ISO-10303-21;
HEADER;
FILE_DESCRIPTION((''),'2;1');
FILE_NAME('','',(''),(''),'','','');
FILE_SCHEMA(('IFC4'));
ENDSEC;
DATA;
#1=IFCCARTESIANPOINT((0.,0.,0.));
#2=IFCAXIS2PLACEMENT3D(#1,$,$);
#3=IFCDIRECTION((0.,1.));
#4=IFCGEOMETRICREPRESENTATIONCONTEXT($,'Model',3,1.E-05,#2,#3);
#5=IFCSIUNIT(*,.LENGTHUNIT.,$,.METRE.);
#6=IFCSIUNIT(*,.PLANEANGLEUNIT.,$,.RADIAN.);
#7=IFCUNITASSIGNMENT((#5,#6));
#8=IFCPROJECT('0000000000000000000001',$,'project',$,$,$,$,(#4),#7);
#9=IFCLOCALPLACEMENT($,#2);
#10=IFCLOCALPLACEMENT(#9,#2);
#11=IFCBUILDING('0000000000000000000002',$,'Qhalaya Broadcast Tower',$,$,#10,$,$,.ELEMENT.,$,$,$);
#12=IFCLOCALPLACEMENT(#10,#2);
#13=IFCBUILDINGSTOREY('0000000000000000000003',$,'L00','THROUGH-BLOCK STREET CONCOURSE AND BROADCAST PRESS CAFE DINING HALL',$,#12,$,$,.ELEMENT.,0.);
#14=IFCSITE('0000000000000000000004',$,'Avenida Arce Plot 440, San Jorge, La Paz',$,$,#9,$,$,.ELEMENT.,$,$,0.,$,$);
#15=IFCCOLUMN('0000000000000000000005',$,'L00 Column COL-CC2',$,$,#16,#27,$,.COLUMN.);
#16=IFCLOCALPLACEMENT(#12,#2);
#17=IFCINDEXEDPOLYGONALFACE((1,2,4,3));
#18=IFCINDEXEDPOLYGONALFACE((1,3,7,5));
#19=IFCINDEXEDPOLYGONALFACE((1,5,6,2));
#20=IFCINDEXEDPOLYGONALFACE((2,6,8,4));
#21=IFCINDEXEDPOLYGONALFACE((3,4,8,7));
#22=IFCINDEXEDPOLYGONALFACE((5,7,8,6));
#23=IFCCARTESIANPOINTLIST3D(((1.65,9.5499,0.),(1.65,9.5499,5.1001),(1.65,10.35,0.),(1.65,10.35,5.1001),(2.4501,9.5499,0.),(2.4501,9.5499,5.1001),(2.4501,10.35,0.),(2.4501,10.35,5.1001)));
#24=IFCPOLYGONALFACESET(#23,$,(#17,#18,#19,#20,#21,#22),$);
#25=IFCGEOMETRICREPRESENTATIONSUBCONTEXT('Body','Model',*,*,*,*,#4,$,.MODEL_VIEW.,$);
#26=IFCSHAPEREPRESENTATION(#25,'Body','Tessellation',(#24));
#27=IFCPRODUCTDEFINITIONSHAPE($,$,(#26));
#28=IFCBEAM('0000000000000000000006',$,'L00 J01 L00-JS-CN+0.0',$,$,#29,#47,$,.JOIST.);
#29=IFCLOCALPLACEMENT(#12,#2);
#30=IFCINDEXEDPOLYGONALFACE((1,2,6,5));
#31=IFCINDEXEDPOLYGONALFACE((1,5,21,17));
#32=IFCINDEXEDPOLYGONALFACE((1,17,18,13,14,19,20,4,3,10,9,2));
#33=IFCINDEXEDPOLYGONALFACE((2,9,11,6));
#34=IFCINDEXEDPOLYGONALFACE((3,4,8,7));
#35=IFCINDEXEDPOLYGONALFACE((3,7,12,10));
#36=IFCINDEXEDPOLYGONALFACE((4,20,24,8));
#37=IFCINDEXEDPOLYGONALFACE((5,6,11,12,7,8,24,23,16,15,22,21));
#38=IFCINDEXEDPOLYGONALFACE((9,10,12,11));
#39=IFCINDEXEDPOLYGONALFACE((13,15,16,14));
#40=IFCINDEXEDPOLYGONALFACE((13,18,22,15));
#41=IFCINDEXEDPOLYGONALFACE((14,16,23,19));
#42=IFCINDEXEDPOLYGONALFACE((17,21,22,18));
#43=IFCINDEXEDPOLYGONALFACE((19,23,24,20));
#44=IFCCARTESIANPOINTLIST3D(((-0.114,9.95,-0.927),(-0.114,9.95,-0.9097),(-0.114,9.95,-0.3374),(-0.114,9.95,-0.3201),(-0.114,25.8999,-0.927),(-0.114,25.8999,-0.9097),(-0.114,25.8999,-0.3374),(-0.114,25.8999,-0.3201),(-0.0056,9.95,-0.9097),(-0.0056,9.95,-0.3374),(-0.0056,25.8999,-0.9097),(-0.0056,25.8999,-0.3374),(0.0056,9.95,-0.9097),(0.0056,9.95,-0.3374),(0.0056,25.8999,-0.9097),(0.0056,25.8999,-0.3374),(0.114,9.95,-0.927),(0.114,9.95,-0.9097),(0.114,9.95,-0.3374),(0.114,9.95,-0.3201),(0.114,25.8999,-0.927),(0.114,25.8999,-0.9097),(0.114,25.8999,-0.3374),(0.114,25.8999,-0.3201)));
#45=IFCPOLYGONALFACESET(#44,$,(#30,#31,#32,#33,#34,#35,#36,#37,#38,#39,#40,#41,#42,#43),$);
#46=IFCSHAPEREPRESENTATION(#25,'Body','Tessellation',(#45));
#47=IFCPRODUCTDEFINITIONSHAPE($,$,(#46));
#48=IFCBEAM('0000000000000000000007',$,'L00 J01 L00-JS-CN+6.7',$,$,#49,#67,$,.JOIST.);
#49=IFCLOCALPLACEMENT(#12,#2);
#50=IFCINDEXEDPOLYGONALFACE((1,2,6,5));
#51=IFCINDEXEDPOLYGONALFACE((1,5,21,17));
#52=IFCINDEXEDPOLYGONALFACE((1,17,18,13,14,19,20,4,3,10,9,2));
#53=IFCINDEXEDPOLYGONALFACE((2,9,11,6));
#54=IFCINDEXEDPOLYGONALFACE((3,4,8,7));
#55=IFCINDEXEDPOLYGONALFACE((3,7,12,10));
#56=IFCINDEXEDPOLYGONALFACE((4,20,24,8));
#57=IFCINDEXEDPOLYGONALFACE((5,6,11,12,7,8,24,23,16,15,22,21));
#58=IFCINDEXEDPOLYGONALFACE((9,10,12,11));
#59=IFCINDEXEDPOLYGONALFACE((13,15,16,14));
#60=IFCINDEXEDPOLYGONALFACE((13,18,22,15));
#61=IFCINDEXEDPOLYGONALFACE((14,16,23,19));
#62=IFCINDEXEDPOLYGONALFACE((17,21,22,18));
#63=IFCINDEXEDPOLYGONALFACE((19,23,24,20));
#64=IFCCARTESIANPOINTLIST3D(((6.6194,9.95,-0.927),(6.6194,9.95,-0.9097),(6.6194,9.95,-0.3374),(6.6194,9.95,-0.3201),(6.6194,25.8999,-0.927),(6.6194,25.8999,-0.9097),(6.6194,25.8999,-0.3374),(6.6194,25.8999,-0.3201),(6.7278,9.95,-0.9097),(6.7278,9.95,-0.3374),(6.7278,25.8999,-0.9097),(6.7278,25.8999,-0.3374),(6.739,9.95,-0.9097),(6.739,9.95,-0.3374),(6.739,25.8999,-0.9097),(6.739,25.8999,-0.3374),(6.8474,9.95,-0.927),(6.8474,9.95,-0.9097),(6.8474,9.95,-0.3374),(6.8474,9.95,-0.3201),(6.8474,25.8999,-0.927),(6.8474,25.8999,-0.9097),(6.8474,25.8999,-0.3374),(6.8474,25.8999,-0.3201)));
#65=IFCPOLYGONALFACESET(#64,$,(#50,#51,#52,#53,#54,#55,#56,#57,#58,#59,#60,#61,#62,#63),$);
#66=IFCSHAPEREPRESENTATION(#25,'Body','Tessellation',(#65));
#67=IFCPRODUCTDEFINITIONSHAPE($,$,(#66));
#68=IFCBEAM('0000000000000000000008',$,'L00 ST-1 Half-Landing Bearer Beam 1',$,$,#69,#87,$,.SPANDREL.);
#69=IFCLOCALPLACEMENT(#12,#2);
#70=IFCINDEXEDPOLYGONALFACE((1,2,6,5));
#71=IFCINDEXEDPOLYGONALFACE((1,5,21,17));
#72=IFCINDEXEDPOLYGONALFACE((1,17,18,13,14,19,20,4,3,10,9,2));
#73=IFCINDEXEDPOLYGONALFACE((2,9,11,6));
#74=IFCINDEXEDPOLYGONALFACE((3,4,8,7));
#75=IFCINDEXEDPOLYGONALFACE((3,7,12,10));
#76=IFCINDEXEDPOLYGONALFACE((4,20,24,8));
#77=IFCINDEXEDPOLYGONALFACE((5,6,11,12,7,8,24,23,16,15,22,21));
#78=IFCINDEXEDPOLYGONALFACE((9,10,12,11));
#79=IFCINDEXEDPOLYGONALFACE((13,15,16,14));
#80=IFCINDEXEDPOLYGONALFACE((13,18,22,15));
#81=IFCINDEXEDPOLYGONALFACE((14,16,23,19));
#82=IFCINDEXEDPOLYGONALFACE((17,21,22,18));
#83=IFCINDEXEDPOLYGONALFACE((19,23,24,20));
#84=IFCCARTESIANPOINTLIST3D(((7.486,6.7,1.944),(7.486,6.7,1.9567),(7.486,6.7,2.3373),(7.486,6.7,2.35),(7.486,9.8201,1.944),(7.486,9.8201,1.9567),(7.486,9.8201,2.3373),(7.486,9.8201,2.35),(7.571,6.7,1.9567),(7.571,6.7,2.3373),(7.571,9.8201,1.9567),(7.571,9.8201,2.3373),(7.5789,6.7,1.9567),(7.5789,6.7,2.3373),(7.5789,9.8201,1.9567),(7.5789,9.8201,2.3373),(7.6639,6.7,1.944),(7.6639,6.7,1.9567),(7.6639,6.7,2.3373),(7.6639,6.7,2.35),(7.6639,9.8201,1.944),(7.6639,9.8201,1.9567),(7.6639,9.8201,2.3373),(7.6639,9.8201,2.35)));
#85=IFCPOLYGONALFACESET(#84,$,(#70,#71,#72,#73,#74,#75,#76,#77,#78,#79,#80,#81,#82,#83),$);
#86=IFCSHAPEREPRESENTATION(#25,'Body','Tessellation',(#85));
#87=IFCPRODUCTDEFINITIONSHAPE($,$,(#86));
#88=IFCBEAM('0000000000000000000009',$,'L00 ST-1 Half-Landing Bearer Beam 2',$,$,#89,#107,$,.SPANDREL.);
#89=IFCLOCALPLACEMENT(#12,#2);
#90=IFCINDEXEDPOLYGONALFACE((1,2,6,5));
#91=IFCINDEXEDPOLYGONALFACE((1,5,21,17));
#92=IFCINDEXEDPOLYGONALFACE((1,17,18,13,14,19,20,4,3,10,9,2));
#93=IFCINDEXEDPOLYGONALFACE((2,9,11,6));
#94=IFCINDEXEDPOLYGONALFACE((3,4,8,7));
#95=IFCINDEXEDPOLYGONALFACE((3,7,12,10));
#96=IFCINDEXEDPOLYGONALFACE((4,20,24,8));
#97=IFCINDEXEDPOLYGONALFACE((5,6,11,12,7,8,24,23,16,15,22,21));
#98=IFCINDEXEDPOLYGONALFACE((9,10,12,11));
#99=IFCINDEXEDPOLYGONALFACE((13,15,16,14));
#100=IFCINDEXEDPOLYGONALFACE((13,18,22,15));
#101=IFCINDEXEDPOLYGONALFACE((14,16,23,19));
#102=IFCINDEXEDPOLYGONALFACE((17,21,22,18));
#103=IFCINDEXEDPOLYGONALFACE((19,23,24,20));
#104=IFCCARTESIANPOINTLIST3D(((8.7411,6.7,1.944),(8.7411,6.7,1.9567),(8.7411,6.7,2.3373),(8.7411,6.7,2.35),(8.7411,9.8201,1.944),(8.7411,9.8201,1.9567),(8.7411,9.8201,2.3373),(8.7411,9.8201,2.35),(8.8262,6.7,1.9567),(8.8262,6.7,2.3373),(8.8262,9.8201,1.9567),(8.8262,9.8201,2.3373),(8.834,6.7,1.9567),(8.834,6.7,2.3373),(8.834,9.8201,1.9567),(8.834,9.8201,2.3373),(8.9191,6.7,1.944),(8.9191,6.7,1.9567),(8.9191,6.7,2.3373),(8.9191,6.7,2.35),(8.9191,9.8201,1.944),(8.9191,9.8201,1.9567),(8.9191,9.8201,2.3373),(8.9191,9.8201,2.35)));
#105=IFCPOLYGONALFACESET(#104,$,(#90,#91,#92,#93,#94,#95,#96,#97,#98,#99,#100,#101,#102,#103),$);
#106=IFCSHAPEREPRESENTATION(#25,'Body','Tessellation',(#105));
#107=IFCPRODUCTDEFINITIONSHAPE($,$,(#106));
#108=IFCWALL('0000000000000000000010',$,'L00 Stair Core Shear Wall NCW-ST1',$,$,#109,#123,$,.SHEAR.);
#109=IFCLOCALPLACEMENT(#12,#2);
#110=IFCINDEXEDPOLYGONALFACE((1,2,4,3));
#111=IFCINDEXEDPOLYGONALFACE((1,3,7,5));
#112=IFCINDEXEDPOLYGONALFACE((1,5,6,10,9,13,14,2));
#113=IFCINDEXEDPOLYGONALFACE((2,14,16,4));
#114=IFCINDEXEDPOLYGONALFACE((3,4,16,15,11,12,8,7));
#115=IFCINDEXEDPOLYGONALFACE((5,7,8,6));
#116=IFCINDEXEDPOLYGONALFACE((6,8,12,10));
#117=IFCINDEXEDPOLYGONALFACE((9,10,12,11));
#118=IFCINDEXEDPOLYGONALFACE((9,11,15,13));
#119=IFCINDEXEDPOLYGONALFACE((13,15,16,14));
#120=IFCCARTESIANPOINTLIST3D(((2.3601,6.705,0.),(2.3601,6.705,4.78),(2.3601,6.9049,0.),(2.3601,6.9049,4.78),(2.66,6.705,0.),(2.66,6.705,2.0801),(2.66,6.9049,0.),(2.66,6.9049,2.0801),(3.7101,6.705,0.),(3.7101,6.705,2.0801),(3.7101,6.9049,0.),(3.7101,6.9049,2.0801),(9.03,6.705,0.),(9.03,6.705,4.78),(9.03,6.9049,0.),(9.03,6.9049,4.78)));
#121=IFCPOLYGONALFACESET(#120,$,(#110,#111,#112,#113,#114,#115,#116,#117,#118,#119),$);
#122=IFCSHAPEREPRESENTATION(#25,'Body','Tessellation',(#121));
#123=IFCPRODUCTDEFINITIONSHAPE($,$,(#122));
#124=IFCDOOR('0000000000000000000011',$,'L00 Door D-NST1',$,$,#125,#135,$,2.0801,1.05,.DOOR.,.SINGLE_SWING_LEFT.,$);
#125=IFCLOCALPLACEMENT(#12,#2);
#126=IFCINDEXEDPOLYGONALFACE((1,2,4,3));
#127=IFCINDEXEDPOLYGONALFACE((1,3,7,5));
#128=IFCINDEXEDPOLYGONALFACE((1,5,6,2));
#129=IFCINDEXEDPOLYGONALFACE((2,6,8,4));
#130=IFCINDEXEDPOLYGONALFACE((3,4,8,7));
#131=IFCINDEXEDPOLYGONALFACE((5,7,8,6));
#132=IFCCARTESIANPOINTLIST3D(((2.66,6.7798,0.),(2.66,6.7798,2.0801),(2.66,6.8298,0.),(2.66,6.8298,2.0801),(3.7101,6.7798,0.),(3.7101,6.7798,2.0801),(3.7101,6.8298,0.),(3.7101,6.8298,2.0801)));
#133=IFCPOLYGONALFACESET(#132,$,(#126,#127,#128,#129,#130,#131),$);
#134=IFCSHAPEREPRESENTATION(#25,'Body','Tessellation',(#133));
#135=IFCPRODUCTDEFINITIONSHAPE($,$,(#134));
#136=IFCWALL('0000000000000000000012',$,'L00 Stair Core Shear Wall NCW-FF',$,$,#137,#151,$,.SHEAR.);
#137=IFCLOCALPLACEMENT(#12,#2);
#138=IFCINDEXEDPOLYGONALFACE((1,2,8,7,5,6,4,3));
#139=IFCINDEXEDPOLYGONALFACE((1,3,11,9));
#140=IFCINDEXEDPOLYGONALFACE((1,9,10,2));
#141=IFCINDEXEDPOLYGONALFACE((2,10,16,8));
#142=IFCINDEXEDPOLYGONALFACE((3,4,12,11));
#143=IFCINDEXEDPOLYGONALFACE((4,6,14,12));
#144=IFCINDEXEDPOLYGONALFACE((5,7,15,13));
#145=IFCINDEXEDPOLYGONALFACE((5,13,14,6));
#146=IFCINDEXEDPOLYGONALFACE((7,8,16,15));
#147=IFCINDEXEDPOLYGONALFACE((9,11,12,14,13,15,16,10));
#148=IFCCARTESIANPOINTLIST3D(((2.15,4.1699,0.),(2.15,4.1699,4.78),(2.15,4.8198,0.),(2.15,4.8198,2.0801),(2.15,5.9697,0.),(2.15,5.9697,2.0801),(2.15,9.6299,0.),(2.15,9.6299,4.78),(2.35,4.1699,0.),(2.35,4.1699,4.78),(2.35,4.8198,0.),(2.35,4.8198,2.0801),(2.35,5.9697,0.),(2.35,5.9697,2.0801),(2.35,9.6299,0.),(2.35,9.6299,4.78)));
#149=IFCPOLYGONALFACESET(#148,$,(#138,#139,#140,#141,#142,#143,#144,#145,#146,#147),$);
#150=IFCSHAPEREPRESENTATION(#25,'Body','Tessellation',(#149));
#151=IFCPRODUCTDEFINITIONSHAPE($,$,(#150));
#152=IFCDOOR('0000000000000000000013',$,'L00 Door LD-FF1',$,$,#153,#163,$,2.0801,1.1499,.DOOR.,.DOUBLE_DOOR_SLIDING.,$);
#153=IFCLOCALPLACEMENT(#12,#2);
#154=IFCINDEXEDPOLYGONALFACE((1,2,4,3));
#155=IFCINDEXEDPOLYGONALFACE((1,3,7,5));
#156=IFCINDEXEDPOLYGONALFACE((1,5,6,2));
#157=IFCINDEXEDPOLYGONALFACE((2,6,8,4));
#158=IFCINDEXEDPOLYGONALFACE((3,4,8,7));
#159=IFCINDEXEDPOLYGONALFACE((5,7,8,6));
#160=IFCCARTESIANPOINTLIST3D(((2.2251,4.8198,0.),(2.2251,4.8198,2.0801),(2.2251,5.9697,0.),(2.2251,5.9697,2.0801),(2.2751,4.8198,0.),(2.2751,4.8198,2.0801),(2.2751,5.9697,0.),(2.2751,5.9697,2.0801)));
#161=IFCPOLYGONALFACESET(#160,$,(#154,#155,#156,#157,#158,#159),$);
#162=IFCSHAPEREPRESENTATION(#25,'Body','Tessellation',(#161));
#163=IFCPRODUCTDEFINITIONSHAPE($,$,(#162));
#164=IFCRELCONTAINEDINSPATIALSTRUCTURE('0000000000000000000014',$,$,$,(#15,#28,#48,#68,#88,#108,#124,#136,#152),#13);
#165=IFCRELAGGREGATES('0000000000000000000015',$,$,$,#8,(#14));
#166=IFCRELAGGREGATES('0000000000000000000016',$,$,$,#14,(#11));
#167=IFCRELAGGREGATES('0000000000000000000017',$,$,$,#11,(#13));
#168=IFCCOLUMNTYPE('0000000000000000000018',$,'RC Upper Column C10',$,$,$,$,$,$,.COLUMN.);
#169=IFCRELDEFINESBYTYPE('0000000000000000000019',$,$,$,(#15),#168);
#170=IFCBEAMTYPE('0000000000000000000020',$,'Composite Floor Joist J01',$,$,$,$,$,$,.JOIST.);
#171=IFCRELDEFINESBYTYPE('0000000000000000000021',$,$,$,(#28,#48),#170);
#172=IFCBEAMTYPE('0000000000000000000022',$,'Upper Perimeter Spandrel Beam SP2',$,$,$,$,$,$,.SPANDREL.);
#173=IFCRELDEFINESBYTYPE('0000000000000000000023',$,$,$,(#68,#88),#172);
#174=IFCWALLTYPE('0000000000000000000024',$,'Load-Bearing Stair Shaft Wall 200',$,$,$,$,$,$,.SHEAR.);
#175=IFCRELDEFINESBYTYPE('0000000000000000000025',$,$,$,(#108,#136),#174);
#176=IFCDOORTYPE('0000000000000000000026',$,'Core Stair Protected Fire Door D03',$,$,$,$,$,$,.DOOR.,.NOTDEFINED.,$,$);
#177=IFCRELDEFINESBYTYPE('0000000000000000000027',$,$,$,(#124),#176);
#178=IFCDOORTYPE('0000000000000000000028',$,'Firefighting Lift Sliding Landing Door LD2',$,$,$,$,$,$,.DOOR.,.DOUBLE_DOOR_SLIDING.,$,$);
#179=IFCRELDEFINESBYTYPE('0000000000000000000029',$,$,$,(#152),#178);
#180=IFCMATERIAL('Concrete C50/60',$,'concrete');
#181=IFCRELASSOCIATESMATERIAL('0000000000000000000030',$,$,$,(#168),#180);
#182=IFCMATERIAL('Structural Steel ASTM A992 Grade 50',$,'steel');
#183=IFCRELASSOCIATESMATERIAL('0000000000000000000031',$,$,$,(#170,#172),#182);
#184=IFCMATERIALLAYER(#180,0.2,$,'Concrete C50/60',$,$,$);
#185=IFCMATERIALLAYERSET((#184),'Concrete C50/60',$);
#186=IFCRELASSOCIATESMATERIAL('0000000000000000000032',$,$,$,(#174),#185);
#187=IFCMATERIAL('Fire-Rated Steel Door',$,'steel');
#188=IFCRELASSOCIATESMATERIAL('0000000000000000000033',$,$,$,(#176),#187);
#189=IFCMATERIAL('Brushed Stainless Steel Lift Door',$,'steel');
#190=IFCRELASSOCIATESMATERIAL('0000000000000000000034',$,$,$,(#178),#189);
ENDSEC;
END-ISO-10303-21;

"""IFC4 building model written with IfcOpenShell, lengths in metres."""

from ifc_helpers import new_model, si_unit, direction, frame, frame_2d, origin, origin_2d, place, context, subcontext, project, spatial, rectangle, i_section, extrude, material, layer, layer_set, material_profile, profile_set, type_object, element, fill, save


model = new_model("IFC4")

# Units and contexts
model_context = context("Model", 3, precision=1e-05, world=origin(), true_north=direction((0.0, 1.0)))
body_context = subcontext(model_context, "Body", "Model", "MODEL_VIEW")
ifc_project = project(units=[si_unit("LENGTHUNIT", "METRE"), si_unit("PLANEANGLEUNIT", "RADIAN")], contexts=[model_context])

# Site, building, storey
site_placement = place(None, origin())
site = spatial("IfcSite", under=ifc_project, at=site_placement, Name="Avenida Arce Plot 440, San Jorge, La Paz", CompositionType="ELEMENT", RefElevation=0.0)
building_placement = place(site_placement, origin())
building = spatial("IfcBuilding", under=site, at=building_placement, Name="Qhalaya Broadcast Tower", CompositionType="ELEMENT")
storey_placement = place(building_placement, origin())
storey = spatial("IfcBuildingStorey", under=building, at=storey_placement, Name="L00", Description="THROUGH-BLOCK STREET CONCOURSE AND BROADCAST PRESS CAFE DINING HALL", CompositionType="ELEMENT", Elevation=0.0)

# Column
ifc_material_1 = material(Name="Concrete C50/60", Category="concrete")
ifc_material_profile_1 = material_profile(ifc_material_1, rectangle(XDim=0.8, YDim=0.8, at=origin_2d()), Name="RC-COL 800x800")
ifc_profile_set_1 = profile_set([ifc_material_profile_1], Name="Concrete C50/60")
column_type = type_object("IfcColumnType", Name="RC Upper Column C10", PredefinedType="COLUMN", material=ifc_profile_set_1)
column_placement = place(storey_placement, frame((2.05, 9.95, 0.0), z_axis=(0.0, 0.0, 1.0), x_axis=(1.0, 0.0, 0.0)))
element("IfcColumn", 1, at=column_placement, inside=storey, type_object=column_type, Name="L00 Column COL-CC2", PredefinedType="COLUMN", context=body_context, shape_type="SweptSolid", body=[
    extrude(rectangle(XDim=0.8, YDim=0.8, at=origin_2d()), origin(), (0.0, 0.0, 1.0), 5.1001),
])

# Beams
ifc_material_2 = material(Name="Structural Steel ASTM A992 Grade 50", Category="steel")
ifc_material_profile_2 = material_profile(ifc_material_2, i_section(OverallWidth=0.228, OverallDepth=0.6069, WebThickness=0.0112, FlangeThickness=0.0173, at=origin_2d()), Name="W24X76")
ifc_profile_set_2 = profile_set([ifc_material_profile_2], Name="Structural Steel ASTM A992 Grade 50")
beam_type_1 = type_object("IfcBeamType", Name="Composite Floor Joist J01", PredefinedType="JOIST", material=ifc_profile_set_2)
for number, where, z_axis, x_axis, name in (
    (2, (0.0, 9.95, -0.6235), (0.0, 1.0, 0.0), (-1.0, 0.0, 0.0), "L00 J01 L00-JS-CN+0.0"),
    (3, (6.7334, 9.95, -0.6235), (0.0, 1.0, 0.0), (-1.0, 0.0, 0.0), "L00 J01 L00-JS-CN+6.7"),
):
    element("IfcBeam", number, at=place(storey_placement, frame(where, z_axis=z_axis, x_axis=x_axis)), inside=storey, type_object=beam_type_1, Name=name, PredefinedType="JOIST", context=body_context, shape_type="SweptSolid", body=[
        extrude(i_section(OverallWidth=0.228, OverallDepth=0.6069, WebThickness=0.0112, FlangeThickness=0.0173, at=origin_2d()), origin(), (0.0, 0.0, 1.0), 15.95),
    ])
ifc_material_profile_3 = material_profile(ifc_material_2, i_section(OverallWidth=0.178, OverallDepth=0.406, WebThickness=0.0078, FlangeThickness=0.0127, at=origin_2d()), Name="W16X40")
ifc_profile_set_3 = profile_set([ifc_material_profile_3], Name="Structural Steel ASTM A992 Grade 50")
beam_type_2 = type_object("IfcBeamType", Name="Upper Perimeter Spandrel Beam SP2", PredefinedType="SPANDREL", material=ifc_profile_set_3)
for number, where, z_axis, x_axis, name in (
    (4, (7.575, 6.7, 2.147), (0.0, 1.0, 0.0), (-1.0, 0.0, 0.0), "L00 ST-1 Half-Landing Bearer Beam 1"),
    (5, (8.8301, 6.7, 2.147), (0.0, 1.0, 0.0), (-1.0, 0.0, 0.0), "L00 ST-1 Half-Landing Bearer Beam 2"),
):
    element("IfcBeam", number, at=place(storey_placement, frame(where, z_axis=z_axis, x_axis=x_axis)), inside=storey, type_object=beam_type_2, Name=name, PredefinedType="SPANDREL", context=body_context, shape_type="SweptSolid", body=[
        extrude(i_section(OverallWidth=0.178, OverallDepth=0.406, WebThickness=0.0078, FlangeThickness=0.0127, at=origin_2d()), origin(), (0.0, 0.0, 1.0), 3.1201),
    ])

# Walls, openings, doors
ifc_layer_1 = layer(ifc_material_1, 0.2, Name="Concrete C50/60")
ifc_layer_set_1 = layer_set([ifc_layer_1], Name="Concrete C50/60")
wall_type_1 = type_object("IfcWallType", Name="Load-Bearing Stair Shaft Wall 200", PredefinedType="SHEAR", material=ifc_layer_set_1)
wall_1_placement = place(storey_placement, frame((2.3601, 6.8049, 0.0), z_axis=(0.0, 0.0, 1.0), x_axis=(1.0, 0.0, 0.0)))
wall_1 = element("IfcWall", 6, at=wall_1_placement, inside=storey, type_object=wall_type_1, Name="L00 Stair Core Shear Wall NCW-ST1", PredefinedType="SHEAR", context=body_context, shape_type="SweptSolid", body=[
    extrude(rectangle(XDim=6.6699, YDim=0.2, at=frame_2d((3.335, 0.0))), origin(), (0.0, 0.0, 1.0), 4.78),
])
opening_1_placement = place(wall_1_placement, frame((0.3, 0.0, 0.0)))
opening_1 = element("IfcOpeningElement", 7, at=opening_1_placement, cuts=wall_1, PredefinedType="OPENING", context=body_context, shape_type="SweptSolid", body=[
    extrude(rectangle(XDim=1.05, YDim=2.0801, at=frame_2d((0.5249, 1.04))), frame((0.0, 0.1121, 0.0), z_axis=(0.0, -1.0, 0.0), x_axis=(1.0, 0.0, 0.0)), (0.0, 0.0, 1.0), 0.2239),
])
ifc_material_3 = material(Name="Fire-Rated Steel Door", Category="steel")
door_type_1 = type_object("IfcDoorType", Name="Core Stair Protected Fire Door D03", OperationType="NOTDEFINED", PredefinedType="DOOR", material=ifc_material_3)
door_1_placement = place(opening_1_placement, origin())
door_1 = element("IfcDoor", 8, at=door_1_placement, inside=storey, type_object=door_type_1, Name="L00 Door D-NST1", OperationType="SINGLE_SWING_LEFT", OverallHeight=2.0801, OverallWidth=1.05, PredefinedType="DOOR", context=body_context, shape_type="SweptSolid", body=[
    extrude(rectangle(XDim=1.05, YDim=2.0801, at=frame_2d((0.5249, 1.04))), frame((0.0, 0.0249, 0.0), z_axis=(0.0, -1.0, 0.0), x_axis=(1.0, 0.0, 0.0)), (0.0, 0.0, 1.0), 0.05),
])
fill(opening_1, door_1)
wall_2_placement = place(storey_placement, frame((2.25, 4.1699, 0.0), z_axis=(0.0, 0.0, 1.0), x_axis=(0.0, 1.0, 0.0)))
wall_2 = element("IfcWall", 9, at=wall_2_placement, inside=storey, type_object=wall_type_1, Name="L00 Stair Core Shear Wall NCW-FF", PredefinedType="SHEAR", context=body_context, shape_type="SweptSolid", body=[
    extrude(rectangle(XDim=5.46, YDim=0.2, at=frame_2d((2.73, 0.0))), origin(), (0.0, 0.0, 1.0), 4.78),
])
opening_2_placement = place(wall_2_placement, frame((0.6499, 0.0, 0.0)))
opening_2 = element("IfcOpeningElement", 10, at=opening_2_placement, cuts=wall_2, PredefinedType="OPENING", context=body_context, shape_type="SweptSolid", body=[
    extrude(rectangle(XDim=1.1499, YDim=2.0801, at=frame_2d((0.575, 1.04))), frame((0.0, 0.1121, 0.0), z_axis=(0.0, -1.0, 0.0), x_axis=(1.0, 0.0, 0.0)), (0.0, 0.0, 1.0), 0.2239),
])
ifc_material_4 = material(Name="Brushed Stainless Steel Lift Door", Category="steel")
door_type_2 = type_object("IfcDoorType", Name="Firefighting Lift Sliding Landing Door LD2", OperationType="DOUBLE_DOOR_SLIDING", PredefinedType="DOOR", material=ifc_material_4)
door_2_placement = place(opening_2_placement, origin())
door_2 = element("IfcDoor", 11, at=door_2_placement, inside=storey, type_object=door_type_2, Name="L00 Door LD-FF1", OperationType="DOUBLE_DOOR_SLIDING", OverallHeight=2.0801, OverallWidth=1.1499, PredefinedType="DOOR", context=body_context, shape_type="SweptSolid", body=[
    extrude(rectangle(XDim=1.1499, YDim=2.0801, at=frame_2d((0.575, 1.04))), frame((0.0, 0.0249, 0.0), z_axis=(0.0, -1.0, 0.0), x_axis=(1.0, 0.0, 0.0)), (0.0, 0.0, 1.0), 0.05),
])
fill(opening_2, door_2)

save(model, "model.ifc")
